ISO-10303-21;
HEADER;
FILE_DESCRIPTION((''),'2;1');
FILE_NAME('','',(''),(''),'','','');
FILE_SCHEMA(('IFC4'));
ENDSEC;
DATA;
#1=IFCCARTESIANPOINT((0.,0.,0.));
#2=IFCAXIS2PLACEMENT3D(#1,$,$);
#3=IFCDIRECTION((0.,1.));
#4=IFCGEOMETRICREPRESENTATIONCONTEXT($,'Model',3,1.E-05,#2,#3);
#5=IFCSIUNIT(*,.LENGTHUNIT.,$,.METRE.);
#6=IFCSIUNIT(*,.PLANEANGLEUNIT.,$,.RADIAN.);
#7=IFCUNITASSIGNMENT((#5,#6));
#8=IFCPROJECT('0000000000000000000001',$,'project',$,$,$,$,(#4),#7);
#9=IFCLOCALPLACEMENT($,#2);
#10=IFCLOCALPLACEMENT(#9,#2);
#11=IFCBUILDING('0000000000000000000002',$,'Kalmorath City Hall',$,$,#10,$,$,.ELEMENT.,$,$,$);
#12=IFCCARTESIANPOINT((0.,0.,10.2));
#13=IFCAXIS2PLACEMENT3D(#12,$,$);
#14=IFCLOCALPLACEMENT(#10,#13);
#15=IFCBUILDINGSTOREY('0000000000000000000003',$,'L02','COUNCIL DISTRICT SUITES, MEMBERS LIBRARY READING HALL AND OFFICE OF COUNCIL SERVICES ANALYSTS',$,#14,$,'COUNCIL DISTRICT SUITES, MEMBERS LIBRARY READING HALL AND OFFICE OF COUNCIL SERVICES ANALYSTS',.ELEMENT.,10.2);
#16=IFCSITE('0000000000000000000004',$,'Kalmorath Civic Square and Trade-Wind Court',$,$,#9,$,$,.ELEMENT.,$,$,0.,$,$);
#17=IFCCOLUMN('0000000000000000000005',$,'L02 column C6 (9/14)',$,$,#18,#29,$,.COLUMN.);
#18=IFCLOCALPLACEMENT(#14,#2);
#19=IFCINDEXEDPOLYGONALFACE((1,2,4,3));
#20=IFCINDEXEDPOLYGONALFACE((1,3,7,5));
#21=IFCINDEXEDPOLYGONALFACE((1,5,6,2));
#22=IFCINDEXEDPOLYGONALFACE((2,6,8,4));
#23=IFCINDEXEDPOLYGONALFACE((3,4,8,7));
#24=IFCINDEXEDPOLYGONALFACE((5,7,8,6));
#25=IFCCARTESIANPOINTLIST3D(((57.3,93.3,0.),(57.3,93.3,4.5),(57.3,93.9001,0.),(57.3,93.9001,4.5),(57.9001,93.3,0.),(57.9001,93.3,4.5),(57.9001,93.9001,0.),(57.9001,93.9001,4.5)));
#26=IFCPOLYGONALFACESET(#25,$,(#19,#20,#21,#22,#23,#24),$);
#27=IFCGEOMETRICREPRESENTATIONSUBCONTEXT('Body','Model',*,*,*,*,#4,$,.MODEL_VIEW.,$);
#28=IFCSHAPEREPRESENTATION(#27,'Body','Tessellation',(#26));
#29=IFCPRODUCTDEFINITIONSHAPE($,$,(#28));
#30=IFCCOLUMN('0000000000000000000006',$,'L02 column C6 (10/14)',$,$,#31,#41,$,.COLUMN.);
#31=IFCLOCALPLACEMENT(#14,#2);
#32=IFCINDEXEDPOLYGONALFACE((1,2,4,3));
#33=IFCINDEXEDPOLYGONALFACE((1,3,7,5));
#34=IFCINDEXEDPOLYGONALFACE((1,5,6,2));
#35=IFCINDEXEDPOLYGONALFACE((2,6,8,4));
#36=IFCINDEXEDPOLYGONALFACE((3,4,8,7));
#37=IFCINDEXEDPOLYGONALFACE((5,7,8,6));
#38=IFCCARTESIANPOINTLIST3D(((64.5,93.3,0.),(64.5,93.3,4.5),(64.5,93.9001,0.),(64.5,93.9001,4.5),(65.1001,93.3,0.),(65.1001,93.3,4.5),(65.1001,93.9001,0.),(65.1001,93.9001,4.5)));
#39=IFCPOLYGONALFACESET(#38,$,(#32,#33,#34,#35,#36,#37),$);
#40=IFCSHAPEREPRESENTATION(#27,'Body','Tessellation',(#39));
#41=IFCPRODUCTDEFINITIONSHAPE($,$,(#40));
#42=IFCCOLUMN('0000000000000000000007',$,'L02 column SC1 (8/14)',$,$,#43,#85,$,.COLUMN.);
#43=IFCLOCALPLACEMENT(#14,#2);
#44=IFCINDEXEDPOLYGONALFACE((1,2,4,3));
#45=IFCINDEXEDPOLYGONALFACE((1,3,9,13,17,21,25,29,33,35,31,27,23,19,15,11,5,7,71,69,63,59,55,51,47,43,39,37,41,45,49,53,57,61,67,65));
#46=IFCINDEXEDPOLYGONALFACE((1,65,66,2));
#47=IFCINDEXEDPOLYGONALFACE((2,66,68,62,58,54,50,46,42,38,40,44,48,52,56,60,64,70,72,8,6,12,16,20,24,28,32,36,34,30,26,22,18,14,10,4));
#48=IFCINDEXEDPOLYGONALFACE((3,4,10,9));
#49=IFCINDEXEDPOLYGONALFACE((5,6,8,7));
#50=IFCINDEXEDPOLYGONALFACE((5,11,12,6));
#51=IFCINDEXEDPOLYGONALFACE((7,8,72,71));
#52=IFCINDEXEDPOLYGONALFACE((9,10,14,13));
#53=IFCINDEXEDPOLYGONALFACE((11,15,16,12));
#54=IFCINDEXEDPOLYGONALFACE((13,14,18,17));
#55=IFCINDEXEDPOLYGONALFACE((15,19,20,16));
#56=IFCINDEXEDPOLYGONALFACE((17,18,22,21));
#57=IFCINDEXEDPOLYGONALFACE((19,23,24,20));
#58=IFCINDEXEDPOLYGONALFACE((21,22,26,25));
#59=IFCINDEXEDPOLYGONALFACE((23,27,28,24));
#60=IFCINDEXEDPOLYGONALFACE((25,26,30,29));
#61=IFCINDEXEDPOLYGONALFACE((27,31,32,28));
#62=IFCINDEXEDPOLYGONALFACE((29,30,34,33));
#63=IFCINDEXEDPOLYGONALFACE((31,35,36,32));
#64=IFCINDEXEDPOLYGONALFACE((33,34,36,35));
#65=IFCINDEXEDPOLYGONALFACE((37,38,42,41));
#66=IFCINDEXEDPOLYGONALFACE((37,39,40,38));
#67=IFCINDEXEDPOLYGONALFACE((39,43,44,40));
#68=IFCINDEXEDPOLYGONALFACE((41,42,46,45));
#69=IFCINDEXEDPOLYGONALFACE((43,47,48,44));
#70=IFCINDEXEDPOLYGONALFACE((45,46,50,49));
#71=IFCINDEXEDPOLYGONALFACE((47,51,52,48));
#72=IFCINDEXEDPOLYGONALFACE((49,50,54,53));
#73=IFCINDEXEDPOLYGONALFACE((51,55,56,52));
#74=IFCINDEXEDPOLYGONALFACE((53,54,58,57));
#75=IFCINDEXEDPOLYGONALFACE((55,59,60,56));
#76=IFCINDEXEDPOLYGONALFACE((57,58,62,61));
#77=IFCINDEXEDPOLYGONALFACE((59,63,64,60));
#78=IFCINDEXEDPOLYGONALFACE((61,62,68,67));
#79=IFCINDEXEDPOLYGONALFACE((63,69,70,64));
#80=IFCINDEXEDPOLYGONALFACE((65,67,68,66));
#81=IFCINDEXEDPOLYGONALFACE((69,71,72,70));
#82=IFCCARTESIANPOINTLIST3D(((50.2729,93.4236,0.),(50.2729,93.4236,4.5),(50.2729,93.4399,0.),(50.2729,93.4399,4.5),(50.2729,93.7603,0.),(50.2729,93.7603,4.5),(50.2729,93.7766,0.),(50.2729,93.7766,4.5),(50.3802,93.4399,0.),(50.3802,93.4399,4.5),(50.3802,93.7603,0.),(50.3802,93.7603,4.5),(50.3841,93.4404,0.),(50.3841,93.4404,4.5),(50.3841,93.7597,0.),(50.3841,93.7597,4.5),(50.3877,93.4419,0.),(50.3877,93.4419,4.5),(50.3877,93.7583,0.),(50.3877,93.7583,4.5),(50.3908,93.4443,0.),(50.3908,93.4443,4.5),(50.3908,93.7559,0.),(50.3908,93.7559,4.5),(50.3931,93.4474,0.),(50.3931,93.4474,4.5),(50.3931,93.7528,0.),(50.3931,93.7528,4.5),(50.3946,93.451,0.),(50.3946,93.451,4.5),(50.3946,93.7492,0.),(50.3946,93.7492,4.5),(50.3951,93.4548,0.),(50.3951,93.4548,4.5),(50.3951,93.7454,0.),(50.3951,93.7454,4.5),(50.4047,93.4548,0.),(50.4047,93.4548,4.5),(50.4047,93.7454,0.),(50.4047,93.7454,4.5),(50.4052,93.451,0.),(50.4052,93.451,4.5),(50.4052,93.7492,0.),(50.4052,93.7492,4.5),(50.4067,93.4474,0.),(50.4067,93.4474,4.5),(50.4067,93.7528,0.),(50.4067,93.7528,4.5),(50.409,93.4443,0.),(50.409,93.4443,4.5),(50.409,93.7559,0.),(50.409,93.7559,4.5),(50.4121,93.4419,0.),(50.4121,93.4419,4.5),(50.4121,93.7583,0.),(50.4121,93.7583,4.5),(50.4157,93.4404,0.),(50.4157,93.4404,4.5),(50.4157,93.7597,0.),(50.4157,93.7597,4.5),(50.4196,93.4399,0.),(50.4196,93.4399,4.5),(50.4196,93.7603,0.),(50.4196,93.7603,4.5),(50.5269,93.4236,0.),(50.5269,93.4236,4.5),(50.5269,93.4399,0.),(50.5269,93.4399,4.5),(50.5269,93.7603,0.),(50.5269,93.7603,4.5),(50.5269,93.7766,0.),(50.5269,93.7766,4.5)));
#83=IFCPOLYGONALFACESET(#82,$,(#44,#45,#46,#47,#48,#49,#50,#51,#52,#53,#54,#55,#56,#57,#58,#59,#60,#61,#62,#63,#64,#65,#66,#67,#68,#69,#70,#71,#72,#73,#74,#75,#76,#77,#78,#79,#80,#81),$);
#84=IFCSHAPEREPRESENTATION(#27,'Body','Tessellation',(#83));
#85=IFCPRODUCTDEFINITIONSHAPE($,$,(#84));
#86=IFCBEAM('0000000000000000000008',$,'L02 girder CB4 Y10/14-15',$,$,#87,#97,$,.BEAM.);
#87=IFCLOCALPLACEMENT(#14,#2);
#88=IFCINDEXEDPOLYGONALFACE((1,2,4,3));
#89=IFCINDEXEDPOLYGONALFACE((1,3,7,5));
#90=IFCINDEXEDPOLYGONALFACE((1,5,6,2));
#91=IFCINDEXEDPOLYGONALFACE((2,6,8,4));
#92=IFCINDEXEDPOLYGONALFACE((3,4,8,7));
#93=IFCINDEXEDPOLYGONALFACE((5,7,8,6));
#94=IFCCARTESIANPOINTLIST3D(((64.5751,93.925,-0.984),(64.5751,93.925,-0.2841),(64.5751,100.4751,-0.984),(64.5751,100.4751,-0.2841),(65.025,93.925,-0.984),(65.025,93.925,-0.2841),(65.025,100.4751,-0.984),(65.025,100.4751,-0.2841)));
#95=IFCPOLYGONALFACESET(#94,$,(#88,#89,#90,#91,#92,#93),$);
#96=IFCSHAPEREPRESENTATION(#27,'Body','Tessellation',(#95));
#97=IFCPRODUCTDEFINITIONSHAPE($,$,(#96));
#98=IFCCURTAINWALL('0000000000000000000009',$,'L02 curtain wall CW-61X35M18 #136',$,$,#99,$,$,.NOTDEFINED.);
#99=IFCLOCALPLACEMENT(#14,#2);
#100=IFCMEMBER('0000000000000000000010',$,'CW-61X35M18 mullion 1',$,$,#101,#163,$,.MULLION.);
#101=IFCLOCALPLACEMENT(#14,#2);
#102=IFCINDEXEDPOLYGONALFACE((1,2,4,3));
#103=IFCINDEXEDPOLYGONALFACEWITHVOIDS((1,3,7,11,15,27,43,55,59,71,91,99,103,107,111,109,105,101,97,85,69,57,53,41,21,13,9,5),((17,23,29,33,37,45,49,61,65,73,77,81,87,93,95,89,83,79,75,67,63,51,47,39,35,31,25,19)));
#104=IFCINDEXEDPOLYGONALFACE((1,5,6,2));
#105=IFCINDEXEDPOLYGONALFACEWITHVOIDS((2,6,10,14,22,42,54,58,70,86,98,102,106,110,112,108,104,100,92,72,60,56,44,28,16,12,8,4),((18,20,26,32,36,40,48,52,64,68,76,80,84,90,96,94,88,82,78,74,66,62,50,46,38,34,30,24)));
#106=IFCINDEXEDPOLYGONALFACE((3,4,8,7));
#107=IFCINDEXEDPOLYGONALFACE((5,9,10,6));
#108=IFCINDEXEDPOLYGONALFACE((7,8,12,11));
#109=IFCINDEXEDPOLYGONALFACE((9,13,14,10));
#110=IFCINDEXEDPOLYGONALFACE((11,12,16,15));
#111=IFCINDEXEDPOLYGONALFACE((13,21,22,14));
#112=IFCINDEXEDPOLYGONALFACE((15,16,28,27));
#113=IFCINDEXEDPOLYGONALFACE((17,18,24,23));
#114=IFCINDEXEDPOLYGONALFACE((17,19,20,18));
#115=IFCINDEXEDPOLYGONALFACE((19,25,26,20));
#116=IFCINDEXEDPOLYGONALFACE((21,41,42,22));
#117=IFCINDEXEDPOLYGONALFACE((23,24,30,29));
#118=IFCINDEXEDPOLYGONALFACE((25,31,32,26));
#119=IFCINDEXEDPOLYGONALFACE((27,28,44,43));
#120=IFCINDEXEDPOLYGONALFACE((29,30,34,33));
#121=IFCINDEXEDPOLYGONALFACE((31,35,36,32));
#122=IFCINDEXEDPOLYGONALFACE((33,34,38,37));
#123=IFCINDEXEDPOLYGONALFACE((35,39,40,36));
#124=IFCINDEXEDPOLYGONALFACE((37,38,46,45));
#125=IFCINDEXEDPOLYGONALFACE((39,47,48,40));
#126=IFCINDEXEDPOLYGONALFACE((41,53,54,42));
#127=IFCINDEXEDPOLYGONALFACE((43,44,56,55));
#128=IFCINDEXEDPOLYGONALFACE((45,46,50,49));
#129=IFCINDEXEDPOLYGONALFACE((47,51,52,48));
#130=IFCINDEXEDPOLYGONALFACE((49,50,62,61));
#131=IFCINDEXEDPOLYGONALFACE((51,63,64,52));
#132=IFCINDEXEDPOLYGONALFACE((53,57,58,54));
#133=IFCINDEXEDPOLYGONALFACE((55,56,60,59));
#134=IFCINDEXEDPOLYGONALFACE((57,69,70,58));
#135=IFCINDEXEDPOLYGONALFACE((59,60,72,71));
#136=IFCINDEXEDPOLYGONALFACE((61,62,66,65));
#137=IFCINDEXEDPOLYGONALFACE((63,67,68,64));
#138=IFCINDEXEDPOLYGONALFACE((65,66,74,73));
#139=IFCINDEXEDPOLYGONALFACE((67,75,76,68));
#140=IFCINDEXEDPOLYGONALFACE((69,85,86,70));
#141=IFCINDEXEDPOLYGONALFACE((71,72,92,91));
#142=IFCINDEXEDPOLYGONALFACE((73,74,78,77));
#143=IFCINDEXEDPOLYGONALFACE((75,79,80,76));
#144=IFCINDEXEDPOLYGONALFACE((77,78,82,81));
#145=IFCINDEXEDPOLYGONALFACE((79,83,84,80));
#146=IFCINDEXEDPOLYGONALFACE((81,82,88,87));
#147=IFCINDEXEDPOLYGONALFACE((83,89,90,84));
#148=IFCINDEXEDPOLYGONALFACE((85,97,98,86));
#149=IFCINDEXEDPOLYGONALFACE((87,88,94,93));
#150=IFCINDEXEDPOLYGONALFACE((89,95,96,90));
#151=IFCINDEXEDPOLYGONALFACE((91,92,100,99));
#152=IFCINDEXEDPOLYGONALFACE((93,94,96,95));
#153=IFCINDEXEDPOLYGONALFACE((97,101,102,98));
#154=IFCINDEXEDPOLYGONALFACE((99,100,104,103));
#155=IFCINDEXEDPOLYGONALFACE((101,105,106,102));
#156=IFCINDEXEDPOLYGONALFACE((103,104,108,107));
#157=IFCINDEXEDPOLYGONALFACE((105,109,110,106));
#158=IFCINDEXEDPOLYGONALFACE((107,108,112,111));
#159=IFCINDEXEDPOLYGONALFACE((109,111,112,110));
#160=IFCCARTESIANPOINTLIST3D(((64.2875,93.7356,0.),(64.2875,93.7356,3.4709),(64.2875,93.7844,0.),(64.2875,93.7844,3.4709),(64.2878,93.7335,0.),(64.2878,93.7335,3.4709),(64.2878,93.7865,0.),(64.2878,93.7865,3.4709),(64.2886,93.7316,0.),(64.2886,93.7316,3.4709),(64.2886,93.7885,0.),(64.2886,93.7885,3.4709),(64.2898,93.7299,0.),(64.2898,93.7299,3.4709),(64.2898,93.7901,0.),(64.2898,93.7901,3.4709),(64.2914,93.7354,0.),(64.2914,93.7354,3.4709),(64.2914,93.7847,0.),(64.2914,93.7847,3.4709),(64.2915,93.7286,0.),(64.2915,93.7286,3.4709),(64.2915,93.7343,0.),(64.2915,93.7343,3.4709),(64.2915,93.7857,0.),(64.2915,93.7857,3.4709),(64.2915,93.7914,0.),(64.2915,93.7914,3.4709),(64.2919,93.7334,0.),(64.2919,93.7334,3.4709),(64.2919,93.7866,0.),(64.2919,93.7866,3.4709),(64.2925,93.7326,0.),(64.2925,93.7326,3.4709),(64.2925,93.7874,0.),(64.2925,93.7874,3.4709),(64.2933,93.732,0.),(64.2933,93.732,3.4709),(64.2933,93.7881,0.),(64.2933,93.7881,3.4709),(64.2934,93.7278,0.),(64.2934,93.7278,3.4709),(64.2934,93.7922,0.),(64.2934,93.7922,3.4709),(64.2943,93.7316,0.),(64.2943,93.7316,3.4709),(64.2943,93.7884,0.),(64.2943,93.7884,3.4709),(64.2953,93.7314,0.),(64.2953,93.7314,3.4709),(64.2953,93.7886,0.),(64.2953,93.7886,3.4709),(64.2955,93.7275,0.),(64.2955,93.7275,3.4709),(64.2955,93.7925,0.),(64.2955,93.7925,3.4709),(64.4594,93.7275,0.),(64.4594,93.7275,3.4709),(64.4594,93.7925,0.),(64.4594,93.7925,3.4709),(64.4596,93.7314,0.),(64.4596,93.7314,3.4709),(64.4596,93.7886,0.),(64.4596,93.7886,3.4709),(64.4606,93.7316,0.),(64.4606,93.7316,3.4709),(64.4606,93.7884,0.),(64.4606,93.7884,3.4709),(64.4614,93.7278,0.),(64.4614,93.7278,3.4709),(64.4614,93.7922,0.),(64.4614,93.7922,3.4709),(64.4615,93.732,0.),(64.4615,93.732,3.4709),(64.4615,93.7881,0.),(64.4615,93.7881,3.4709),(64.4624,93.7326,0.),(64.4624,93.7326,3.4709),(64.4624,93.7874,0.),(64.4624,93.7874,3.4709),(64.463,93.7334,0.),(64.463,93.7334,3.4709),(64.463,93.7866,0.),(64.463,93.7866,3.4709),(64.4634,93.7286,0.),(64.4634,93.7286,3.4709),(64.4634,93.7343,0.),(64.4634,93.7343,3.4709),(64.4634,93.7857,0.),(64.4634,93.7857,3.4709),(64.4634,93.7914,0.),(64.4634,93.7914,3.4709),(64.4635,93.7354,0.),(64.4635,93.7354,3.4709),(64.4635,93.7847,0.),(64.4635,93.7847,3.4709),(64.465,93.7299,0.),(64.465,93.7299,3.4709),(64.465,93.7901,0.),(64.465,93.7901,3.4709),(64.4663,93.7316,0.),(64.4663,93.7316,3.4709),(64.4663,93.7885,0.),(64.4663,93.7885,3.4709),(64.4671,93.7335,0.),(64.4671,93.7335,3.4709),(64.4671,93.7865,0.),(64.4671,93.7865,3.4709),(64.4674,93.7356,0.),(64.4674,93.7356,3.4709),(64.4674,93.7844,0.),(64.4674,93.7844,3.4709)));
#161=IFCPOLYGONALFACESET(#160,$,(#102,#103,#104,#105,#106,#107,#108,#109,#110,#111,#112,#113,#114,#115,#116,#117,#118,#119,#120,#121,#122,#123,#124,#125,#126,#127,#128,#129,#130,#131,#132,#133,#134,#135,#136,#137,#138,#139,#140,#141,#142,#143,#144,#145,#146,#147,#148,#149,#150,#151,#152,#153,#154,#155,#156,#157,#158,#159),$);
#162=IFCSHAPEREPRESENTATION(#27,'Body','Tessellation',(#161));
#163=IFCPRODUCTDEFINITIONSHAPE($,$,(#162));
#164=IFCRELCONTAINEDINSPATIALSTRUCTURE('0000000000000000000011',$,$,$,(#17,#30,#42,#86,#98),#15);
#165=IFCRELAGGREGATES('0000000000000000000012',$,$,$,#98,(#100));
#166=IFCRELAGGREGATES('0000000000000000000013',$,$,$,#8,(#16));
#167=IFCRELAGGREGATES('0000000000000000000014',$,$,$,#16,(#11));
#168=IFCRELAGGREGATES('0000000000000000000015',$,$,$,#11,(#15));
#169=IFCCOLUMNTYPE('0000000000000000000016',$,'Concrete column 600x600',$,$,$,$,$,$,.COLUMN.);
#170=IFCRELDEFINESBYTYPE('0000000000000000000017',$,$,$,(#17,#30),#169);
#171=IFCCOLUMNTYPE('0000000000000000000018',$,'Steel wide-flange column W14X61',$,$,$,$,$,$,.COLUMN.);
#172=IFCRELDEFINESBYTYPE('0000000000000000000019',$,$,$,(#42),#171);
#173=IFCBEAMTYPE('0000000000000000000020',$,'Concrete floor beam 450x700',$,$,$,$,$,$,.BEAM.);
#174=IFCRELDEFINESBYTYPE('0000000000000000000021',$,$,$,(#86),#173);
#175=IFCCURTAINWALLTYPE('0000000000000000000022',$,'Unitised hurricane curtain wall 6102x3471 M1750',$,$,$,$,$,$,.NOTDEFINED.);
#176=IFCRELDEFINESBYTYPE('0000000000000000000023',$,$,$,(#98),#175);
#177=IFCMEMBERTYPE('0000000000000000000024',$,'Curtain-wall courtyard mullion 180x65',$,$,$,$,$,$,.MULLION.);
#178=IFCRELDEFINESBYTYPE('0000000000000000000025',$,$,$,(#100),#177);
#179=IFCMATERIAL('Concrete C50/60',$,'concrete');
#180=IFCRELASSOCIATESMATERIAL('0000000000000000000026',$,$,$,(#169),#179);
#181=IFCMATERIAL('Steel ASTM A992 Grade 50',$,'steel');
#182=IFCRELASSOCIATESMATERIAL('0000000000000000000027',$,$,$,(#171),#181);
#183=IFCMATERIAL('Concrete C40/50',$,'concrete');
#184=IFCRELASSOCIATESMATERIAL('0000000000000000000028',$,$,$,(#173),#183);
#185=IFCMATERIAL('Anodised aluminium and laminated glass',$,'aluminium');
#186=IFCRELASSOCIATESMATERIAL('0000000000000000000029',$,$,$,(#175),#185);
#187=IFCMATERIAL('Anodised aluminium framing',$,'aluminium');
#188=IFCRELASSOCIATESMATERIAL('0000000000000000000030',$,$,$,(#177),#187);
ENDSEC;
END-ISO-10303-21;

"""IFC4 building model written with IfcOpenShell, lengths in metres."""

from ifc_helpers import new_model, si_unit, direction, frame, origin, origin_2d, place, context, subcontext, project, spatial, rectangle, hollow_rectangle, i_section, extrude, material, material_profile, profile_set, type_object, element, aggregate, save


model = new_model("IFC4")

# Units and contexts
model_context = context("Model", 3, precision=1e-05, world=origin(), true_north=direction((0.0, 1.0)))
body_context = subcontext(model_context, "Body", "Model", "MODEL_VIEW")
ifc_project = project(units=[si_unit("LENGTHUNIT", "METRE"), si_unit("PLANEANGLEUNIT", "RADIAN")], contexts=[model_context])

# Site, building, storey
site_placement = place(None, origin())
site = spatial("IfcSite", under=ifc_project, at=site_placement, Name="Kalmorath Civic Square and Trade-Wind Court", CompositionType="ELEMENT", RefElevation=0.0)
building_placement = place(site_placement, origin())
building = spatial("IfcBuilding", under=site, at=building_placement, Name="Kalmorath City Hall", CompositionType="ELEMENT")
storey_placement = place(building_placement, frame((0.0, 0.0, 10.2)))
storey = spatial("IfcBuildingStorey", under=building, at=storey_placement, Name="L02", Description="COUNCIL DISTRICT SUITES, MEMBERS LIBRARY READING HALL AND OFFICE OF COUNCIL SERVICES ANALYSTS", LongName="COUNCIL DISTRICT SUITES, MEMBERS LIBRARY READING HALL AND OFFICE OF COUNCIL SERVICES ANALYSTS", CompositionType="ELEMENT", Elevation=10.2)

# Columns
ifc_material_1 = material(Name="Concrete C50/60", Category="concrete")
ifc_material_profile_1 = material_profile(ifc_material_1, rectangle(XDim=0.6001, YDim=0.6001, at=origin_2d()), Name="RC-COL-600X600")
ifc_profile_set_1 = profile_set([ifc_material_profile_1], Name="Concrete C50/60")
column_type_1 = type_object("IfcColumnType", Name="Concrete column 600x600", PredefinedType="COLUMN", material=ifc_profile_set_1)
for number, where, z_axis, x_axis, name in (
    (1, (57.6001, 93.6001, 0.0), (0.0, 0.0, 1.0), (1.0, 0.0, 0.0), "L02 column C6 (9/14)"),
    (2, (64.8, 93.6001, 0.0), (0.0, 0.0, 1.0), (1.0, 0.0, 0.0), "L02 column C6 (10/14)"),
):
    element("IfcColumn", number, at=place(storey_placement, frame(where, z_axis=z_axis, x_axis=x_axis)), inside=storey, type_object=column_type_1, Name=name, PredefinedType="COLUMN", context=body_context, shape_type="SweptSolid", body=[
        extrude(rectangle(XDim=0.6001, YDim=0.6001, at=origin_2d()), origin(), (0.0, 0.0, 1.0), 4.5),
    ])
ifc_material_2 = material(Name="Steel ASTM A992 Grade 50", Category="steel")
ifc_material_profile_2 = material_profile(ifc_material_2, i_section(OverallWidth=0.2539, OverallDepth=0.353, WebThickness=0.0095, FlangeThickness=0.0164, FilletRadius=0.0149, at=origin_2d()), Name="W14X61")
ifc_profile_set_2 = profile_set([ifc_material_profile_2], Name="Steel ASTM A992 Grade 50")
column_type_2 = type_object("IfcColumnType", Name="Steel wide-flange column W14X61", PredefinedType="COLUMN", material=ifc_profile_set_2)
column_placement = place(storey_placement, frame((50.3999, 93.6001, 0.0), z_axis=(0.0, 0.0, 1.0), x_axis=(1.0, 0.0, 0.0)))
element("IfcColumn", 3, at=column_placement, inside=storey, type_object=column_type_2, Name="L02 column SC1 (8/14)", PredefinedType="COLUMN", context=body_context, shape_type="SweptSolid", body=[
    extrude(i_section(OverallWidth=0.2539, OverallDepth=0.353, WebThickness=0.0095, FlangeThickness=0.0164, FilletRadius=0.0149, at=origin_2d()), origin(), (0.0, 0.0, 1.0), 4.5),
])

# Beam
ifc_material_3 = material(Name="Concrete C40/50", Category="concrete")
ifc_material_profile_3 = material_profile(ifc_material_3, rectangle(XDim=0.45, YDim=0.7, at=origin_2d()), Name="RC-BM-450X700")
ifc_profile_set_3 = profile_set([ifc_material_profile_3], Name="Concrete C40/50")
beam_type_1 = type_object("IfcBeamType", Name="Concrete floor beam 450x700", PredefinedType="BEAM", material=ifc_profile_set_3)
beam_1_placement = place(storey_placement, frame((64.8, 93.925, -0.634), z_axis=(0.0, 1.0, 0.0), x_axis=(-1.0, 0.0, 0.0)))
element("IfcBeam", 4, at=beam_1_placement, inside=storey, type_object=beam_type_1, Name="L02 girder CB4 Y10/14-15", PredefinedType="BEAM", context=body_context, shape_type="SweptSolid", body=[
    extrude(rectangle(XDim=0.45, YDim=0.7, at=origin_2d()), origin(), (0.0, 0.0, 1.0), 6.55),
])

# Curtain wall, member
ifc_material_4 = material(Name="Anodised aluminium and laminated glass", Category="aluminium")
curtain_wall_type_1 = type_object("IfcCurtainWallType", Name="Unitised hurricane curtain wall 6102x3471 M1750", PredefinedType="NOTDEFINED", material=ifc_material_4)
curtain_wall_1_placement = place(storey_placement, origin())
curtain_wall_1 = element("IfcCurtainWall", 5, at=curtain_wall_1_placement, inside=storey, type_object=curtain_wall_type_1, Name="L02 curtain wall CW-61X35M18 #136", PredefinedType="NOTDEFINED")
ifc_material_5 = material(Name="Anodised aluminium framing", Category="aluminium")
ifc_material_profile_4 = material_profile(ifc_material_5, hollow_rectangle(XDim=0.0649, YDim=0.1799, WallThickness=0.0039, InnerFilletRadius=0.0039, OuterFilletRadius=0.0081, at=origin_2d()), Name="ALU-MUL-180X65X4")
ifc_profile_set_4 = profile_set([ifc_material_profile_4], Name="Anodised aluminium framing")
member_type_1 = type_object("IfcMemberType", Name="Curtain-wall courtyard mullion 180x65", PredefinedType="MULLION", material=ifc_profile_set_4)
member_1_placement = place(storey_placement, frame((64.3774, 93.76, 0.0), z_axis=(0.0, 0.0, 1.0), x_axis=(0.0, -1.0, 0.0)))
member_1 = element("IfcMember", 6, at=member_1_placement, type_object=member_type_1, Name="CW-61X35M18 mullion 1", PredefinedType="MULLION", context=body_context, shape_type="SweptSolid", body=[
    extrude(hollow_rectangle(XDim=0.0649, YDim=0.1799, WallThickness=0.0039, InnerFilletRadius=0.0039, OuterFilletRadius=0.0081, at=origin_2d()), origin(), (0.0, 0.0, 1.0), 3.4709),
])

aggregate(curtain_wall_1, [member_1])

save(model, "model.ifc")
